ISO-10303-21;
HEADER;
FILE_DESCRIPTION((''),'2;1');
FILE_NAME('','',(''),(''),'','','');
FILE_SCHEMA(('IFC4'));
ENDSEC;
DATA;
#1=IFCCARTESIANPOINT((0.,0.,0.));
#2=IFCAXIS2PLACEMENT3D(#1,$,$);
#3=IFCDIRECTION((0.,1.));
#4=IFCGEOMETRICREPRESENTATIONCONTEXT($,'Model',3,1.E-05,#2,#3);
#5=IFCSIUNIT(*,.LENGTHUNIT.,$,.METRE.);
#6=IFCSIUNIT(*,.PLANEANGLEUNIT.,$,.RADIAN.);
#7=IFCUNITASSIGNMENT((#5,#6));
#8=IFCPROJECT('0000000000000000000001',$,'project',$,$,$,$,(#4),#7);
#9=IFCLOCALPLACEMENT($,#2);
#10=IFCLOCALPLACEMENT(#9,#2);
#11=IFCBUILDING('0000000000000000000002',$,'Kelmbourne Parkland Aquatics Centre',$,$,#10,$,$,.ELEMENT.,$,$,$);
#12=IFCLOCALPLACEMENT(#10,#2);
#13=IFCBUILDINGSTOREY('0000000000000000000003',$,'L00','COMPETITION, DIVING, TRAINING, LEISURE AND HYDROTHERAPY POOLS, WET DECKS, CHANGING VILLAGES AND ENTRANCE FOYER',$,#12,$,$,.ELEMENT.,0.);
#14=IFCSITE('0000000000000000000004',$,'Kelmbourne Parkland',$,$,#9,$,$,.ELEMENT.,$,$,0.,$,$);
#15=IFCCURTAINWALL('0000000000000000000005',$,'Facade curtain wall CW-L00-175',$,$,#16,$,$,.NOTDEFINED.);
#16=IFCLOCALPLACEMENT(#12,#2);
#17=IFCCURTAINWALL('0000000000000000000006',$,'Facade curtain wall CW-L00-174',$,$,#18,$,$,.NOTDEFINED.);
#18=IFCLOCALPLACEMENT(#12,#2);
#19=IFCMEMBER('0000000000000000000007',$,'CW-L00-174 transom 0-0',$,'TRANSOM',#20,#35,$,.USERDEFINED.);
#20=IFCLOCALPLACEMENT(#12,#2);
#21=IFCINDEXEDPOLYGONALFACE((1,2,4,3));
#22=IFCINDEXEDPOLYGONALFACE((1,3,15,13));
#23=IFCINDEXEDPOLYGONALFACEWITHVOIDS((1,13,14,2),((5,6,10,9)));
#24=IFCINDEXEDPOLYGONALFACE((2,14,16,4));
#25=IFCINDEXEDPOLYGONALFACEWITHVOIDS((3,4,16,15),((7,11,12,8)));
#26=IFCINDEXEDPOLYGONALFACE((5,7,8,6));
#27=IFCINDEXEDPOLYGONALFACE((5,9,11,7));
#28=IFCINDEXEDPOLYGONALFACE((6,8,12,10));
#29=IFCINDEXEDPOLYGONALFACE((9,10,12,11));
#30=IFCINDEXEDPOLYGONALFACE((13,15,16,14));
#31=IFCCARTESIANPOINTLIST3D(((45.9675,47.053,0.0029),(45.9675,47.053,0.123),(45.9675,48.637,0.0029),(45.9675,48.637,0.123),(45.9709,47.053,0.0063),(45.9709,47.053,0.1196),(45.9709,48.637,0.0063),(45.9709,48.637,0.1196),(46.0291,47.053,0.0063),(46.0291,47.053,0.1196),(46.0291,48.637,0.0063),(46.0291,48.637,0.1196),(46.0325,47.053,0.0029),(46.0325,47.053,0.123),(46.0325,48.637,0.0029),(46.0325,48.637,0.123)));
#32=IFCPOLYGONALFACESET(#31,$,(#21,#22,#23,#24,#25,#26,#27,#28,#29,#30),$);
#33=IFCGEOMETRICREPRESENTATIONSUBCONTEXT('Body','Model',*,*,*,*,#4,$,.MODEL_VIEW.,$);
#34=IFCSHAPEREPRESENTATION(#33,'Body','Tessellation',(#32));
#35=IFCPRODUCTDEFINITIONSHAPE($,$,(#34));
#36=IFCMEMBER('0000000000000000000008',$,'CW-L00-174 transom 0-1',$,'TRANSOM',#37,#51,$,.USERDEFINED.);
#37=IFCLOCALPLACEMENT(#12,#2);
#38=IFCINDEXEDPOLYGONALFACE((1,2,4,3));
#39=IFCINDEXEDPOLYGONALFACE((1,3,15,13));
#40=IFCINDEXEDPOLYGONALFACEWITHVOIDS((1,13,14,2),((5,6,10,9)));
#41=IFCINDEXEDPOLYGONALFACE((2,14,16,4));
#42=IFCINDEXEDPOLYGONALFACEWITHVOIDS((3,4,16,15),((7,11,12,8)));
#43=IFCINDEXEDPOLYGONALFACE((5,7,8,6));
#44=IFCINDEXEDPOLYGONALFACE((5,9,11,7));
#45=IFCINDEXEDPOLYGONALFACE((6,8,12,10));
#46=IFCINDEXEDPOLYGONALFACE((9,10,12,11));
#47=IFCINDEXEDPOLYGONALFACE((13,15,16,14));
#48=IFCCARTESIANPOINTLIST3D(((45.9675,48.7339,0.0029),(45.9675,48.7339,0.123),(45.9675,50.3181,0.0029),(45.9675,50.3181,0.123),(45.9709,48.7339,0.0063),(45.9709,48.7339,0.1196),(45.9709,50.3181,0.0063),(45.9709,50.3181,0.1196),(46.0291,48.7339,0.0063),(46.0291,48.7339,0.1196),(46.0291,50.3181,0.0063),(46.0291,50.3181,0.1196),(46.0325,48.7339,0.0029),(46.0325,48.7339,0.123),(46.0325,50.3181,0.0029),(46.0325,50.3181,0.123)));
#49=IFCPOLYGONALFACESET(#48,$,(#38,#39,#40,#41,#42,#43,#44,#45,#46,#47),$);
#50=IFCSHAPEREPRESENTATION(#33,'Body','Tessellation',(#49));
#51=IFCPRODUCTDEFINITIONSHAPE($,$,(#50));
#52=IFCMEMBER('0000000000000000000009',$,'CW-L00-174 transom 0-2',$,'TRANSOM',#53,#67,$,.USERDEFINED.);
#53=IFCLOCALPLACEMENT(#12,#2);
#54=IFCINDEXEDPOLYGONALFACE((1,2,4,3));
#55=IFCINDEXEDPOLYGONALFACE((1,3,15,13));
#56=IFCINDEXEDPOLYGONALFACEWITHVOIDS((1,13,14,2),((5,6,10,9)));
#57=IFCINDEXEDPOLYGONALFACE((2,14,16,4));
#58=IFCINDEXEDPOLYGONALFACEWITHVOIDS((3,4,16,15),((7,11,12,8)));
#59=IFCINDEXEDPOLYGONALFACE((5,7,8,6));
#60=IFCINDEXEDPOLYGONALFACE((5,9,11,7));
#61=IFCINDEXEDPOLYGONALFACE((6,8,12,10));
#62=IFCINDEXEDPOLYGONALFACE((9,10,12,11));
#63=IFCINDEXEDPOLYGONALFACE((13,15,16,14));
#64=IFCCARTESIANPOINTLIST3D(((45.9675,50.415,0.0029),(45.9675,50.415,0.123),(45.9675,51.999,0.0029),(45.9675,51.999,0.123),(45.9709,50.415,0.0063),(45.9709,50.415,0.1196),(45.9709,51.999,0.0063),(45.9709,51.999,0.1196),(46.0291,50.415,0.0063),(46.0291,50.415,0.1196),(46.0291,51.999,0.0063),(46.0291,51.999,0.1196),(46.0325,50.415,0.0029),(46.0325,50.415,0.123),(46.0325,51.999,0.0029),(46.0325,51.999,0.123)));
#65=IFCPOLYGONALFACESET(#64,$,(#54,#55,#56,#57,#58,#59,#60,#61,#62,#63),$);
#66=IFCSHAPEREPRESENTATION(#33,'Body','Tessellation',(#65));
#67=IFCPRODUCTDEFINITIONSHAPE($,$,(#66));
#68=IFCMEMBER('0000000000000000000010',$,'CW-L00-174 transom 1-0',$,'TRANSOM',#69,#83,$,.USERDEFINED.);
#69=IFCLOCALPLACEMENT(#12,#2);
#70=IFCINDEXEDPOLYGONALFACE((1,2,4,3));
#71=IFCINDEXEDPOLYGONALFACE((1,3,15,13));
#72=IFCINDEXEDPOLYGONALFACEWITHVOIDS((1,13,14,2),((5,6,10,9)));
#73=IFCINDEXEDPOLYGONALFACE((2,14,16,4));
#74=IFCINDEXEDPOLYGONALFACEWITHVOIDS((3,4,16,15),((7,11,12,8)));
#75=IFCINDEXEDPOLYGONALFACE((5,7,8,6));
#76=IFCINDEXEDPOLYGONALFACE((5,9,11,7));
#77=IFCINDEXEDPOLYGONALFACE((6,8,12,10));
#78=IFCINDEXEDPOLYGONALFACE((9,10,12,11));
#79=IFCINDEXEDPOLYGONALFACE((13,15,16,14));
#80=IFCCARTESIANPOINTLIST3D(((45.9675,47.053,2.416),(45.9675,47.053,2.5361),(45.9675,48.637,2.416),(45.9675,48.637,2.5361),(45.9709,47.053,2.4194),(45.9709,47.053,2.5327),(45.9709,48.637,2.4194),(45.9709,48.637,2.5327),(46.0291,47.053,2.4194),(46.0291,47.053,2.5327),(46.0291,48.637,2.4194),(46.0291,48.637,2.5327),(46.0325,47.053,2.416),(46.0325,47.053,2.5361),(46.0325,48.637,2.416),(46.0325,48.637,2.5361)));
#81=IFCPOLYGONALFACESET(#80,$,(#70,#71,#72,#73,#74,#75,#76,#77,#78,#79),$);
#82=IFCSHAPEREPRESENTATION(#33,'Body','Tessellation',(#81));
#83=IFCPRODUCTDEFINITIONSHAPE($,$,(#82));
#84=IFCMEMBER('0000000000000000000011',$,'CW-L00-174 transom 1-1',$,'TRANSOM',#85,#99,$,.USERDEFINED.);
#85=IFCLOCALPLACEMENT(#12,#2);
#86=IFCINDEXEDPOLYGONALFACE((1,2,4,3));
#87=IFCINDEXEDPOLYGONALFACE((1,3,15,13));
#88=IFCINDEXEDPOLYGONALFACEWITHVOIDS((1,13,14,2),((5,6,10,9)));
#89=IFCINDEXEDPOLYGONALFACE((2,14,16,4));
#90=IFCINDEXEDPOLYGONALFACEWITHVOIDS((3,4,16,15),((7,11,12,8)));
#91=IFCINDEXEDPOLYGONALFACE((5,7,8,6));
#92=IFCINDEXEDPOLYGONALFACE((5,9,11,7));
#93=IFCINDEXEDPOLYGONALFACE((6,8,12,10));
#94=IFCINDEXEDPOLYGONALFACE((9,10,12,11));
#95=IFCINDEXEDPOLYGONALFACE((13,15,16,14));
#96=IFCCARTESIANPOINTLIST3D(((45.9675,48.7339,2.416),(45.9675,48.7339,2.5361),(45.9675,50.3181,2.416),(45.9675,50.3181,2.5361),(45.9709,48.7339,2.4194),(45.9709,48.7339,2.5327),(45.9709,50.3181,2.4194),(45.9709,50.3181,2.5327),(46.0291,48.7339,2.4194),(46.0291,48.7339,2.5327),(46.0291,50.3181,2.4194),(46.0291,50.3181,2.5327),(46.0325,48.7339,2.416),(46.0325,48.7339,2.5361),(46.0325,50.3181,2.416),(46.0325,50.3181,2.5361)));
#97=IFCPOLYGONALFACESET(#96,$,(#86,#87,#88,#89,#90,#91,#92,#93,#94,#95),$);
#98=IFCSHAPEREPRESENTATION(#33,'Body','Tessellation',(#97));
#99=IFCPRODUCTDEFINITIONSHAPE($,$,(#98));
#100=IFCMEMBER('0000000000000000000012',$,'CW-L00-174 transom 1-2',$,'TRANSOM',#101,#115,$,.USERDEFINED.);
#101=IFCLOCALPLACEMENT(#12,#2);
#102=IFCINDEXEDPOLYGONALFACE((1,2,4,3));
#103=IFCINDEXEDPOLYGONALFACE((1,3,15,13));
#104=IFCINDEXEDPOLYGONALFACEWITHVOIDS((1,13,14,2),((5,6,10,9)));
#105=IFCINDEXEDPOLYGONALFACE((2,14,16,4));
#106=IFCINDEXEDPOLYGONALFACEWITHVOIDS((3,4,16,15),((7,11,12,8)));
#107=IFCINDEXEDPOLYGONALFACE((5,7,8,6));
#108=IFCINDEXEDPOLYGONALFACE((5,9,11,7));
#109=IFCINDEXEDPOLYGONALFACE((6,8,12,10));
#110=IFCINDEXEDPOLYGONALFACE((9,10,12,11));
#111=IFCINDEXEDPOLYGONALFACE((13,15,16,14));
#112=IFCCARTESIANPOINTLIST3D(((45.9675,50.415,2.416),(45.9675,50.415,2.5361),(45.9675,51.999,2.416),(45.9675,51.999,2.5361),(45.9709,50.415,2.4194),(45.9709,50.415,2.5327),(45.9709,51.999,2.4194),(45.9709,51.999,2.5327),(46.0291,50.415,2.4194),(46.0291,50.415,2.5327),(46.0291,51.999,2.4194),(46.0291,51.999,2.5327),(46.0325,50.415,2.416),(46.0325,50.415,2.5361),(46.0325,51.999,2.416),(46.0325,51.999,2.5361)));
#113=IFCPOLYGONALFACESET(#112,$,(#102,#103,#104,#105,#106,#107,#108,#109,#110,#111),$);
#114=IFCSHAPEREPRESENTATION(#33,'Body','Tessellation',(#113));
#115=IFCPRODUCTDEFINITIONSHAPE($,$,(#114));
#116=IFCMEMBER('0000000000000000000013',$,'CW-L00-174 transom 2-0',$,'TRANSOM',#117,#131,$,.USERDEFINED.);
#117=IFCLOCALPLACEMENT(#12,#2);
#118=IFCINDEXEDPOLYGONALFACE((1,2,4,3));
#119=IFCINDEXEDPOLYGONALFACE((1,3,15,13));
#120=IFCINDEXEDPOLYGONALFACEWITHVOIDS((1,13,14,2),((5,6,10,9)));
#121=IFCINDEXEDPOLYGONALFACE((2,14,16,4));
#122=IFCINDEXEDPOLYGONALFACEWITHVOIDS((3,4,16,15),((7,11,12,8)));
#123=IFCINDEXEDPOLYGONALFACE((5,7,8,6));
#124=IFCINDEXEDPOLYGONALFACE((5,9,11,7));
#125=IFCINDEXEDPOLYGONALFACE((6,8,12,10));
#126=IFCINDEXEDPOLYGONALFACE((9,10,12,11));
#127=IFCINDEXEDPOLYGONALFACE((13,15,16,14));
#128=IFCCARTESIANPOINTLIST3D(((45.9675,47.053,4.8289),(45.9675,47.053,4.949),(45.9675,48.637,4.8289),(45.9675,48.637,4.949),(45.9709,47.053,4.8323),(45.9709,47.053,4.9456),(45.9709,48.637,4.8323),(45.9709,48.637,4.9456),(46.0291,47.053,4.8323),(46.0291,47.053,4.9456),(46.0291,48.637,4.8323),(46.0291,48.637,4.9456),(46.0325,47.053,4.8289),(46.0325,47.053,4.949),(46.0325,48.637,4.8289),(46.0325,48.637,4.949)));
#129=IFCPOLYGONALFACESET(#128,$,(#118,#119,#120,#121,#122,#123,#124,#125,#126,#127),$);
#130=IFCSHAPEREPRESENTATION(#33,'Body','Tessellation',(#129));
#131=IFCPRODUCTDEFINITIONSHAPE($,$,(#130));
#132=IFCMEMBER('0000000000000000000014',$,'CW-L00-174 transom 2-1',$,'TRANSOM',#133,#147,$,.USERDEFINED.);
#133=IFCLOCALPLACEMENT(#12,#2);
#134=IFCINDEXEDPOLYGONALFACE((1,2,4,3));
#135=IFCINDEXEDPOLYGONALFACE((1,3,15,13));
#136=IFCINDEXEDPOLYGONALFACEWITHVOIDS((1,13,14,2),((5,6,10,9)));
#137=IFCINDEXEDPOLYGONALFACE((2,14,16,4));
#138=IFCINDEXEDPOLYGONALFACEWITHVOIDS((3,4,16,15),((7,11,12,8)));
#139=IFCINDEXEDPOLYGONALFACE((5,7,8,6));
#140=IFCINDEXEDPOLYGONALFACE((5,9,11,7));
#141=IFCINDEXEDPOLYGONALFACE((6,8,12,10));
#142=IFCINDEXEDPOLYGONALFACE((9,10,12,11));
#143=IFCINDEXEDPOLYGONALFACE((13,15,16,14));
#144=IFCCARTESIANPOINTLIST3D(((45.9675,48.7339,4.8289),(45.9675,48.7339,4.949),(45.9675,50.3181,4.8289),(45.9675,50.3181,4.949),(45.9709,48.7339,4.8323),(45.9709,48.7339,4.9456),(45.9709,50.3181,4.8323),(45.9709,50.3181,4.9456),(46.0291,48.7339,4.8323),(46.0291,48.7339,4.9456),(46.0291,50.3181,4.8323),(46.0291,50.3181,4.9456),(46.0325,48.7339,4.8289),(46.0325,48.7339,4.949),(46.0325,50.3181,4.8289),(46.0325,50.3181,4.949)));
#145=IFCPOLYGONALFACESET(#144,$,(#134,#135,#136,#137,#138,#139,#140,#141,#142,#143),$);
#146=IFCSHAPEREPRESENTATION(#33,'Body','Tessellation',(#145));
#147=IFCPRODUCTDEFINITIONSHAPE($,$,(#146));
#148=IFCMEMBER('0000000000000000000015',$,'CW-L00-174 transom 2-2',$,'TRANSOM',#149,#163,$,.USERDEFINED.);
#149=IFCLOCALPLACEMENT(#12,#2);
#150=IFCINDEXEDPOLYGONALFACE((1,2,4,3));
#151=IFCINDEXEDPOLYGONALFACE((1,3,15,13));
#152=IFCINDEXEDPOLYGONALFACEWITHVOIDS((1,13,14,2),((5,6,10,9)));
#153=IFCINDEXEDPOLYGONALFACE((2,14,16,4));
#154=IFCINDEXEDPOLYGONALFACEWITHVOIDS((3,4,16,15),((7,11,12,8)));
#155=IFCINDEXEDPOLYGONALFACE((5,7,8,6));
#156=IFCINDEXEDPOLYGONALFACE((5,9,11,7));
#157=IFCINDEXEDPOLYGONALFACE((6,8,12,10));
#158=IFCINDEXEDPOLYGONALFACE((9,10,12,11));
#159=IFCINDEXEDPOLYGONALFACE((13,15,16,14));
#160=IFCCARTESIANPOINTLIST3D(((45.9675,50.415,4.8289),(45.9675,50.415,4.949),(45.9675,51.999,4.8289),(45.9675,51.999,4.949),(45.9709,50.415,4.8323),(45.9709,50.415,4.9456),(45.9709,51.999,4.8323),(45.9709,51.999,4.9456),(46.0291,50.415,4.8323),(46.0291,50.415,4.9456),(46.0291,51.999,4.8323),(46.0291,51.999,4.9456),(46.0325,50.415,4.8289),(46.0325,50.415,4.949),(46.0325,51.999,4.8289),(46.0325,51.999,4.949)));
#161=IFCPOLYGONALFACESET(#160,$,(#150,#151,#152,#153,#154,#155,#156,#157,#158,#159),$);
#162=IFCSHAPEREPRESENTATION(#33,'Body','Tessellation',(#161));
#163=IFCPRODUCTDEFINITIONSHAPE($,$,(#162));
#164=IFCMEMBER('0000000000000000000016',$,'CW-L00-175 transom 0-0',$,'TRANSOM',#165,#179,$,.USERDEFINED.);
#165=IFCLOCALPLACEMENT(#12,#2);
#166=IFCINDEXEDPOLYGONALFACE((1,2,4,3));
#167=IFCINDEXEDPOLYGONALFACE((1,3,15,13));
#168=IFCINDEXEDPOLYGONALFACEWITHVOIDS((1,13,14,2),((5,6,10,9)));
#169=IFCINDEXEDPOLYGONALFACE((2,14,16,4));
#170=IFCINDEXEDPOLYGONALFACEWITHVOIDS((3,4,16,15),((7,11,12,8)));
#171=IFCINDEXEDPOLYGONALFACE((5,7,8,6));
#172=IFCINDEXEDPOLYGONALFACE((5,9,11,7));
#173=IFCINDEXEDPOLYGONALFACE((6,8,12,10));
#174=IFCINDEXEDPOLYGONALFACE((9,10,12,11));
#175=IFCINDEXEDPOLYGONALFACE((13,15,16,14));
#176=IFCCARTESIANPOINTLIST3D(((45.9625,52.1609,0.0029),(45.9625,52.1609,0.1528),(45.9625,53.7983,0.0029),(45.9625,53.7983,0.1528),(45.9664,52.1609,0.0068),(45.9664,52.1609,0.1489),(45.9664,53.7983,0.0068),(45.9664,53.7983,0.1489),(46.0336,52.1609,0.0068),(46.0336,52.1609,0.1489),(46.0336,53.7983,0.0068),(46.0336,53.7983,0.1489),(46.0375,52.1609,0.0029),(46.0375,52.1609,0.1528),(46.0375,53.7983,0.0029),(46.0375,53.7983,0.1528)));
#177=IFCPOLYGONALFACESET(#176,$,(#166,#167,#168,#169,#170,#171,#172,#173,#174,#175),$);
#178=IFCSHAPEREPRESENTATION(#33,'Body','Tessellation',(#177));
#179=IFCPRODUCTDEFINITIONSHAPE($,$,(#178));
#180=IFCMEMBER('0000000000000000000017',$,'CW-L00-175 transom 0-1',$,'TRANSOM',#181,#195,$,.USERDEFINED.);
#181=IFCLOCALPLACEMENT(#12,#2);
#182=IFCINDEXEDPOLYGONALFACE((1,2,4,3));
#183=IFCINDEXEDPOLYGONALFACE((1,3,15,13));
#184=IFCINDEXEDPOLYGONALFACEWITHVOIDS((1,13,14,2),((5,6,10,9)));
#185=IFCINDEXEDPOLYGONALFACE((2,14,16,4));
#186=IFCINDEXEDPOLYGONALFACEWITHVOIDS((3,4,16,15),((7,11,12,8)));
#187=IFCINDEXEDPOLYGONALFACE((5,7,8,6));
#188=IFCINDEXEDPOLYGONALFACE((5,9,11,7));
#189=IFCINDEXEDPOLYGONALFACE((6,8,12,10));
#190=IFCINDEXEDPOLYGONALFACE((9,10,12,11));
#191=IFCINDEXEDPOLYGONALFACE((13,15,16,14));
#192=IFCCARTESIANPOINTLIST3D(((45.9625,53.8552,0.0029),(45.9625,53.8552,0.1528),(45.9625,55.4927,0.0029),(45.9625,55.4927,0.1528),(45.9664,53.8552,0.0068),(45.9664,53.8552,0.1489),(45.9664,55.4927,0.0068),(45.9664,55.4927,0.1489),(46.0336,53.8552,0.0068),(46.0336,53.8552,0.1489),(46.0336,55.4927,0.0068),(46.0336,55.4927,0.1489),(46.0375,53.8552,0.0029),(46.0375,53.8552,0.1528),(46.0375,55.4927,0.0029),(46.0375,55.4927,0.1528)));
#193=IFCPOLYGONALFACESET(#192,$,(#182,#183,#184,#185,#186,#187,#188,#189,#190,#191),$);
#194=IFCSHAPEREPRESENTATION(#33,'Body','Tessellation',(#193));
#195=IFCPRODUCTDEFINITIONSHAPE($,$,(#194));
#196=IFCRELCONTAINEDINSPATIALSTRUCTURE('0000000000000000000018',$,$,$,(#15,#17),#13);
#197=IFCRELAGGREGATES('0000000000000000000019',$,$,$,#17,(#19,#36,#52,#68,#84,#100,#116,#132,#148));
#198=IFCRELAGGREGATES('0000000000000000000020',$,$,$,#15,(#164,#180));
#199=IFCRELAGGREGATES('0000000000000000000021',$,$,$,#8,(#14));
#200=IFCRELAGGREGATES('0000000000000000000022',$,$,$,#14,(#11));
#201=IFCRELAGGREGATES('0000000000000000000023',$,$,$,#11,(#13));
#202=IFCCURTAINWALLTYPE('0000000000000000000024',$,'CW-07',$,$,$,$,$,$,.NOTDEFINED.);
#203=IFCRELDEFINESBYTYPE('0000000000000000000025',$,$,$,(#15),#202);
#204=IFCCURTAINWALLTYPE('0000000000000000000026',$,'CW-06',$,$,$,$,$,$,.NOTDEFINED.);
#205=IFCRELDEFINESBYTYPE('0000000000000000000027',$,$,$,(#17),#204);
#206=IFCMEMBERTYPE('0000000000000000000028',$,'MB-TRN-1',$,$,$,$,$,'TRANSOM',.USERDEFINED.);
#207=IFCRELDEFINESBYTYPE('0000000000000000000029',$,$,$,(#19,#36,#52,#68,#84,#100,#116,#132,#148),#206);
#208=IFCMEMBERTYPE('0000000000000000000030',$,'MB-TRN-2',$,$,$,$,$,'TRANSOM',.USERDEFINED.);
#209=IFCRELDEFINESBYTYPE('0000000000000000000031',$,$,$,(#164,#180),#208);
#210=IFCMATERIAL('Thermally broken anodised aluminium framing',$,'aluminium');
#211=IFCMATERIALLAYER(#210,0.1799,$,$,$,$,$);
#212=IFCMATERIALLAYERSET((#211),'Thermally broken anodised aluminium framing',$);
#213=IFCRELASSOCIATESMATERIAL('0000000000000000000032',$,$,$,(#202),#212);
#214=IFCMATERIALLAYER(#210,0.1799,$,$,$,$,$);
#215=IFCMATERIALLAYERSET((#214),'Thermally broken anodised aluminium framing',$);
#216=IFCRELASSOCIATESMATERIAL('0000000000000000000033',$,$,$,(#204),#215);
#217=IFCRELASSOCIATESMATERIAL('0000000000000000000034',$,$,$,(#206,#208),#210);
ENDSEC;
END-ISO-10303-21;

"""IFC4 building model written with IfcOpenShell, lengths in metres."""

from ifc_helpers import new_model, si_unit, direction, frame, origin, origin_2d, place, context, subcontext, project, spatial, hollow_rectangle, extrude, material, layer, layer_set, material_profile, profile_set, type_object, element, aggregate, save


model = new_model("IFC4")

# Units and contexts
model_context = context("Model", 3, precision=1e-05, world=origin(), true_north=direction((0.0, 1.0)))
body_context = subcontext(model_context, "Body", "Model", "MODEL_VIEW")
ifc_project = project(units=[si_unit("LENGTHUNIT", "METRE"), si_unit("PLANEANGLEUNIT", "RADIAN")], contexts=[model_context])

# Site, building, storey
site_placement = place(None, origin())
site = spatial("IfcSite", under=ifc_project, at=site_placement, Name="Kelmbourne Parkland", CompositionType="ELEMENT", RefElevation=0.0)
building_placement = place(site_placement, origin())
building = spatial("IfcBuilding", under=site, at=building_placement, Name="Kelmbourne Parkland Aquatics Centre", CompositionType="ELEMENT")
storey_placement = place(building_placement, origin())
storey = spatial("IfcBuildingStorey", under=building, at=storey_placement, Name="L00", Description="COMPETITION, DIVING, TRAINING, LEISURE AND HYDROTHERAPY POOLS, WET DECKS, CHANGING VILLAGES AND ENTRANCE FOYER", CompositionType="ELEMENT", Elevation=0.0)

# Curtain walls, members
ifc_material_1 = material(Name="Thermally broken anodised aluminium framing", Category="aluminium")
ifc_layer_1 = layer(ifc_material_1, 0.1799)
ifc_layer_set_1 = layer_set([ifc_layer_1], Name="Thermally broken anodised aluminium framing")
curtain_wall_type_1 = type_object("IfcCurtainWallType", Name="CW-07", PredefinedType="NOTDEFINED", material=ifc_layer_set_1)
curtain_wall_1_placement = place(storey_placement, origin())
curtain_wall_1 = element("IfcCurtainWall", 1, at=curtain_wall_1_placement, inside=storey, type_object=curtain_wall_type_1, Name="Facade curtain wall CW-L00-175", PredefinedType="NOTDEFINED")
ifc_layer_2 = layer(ifc_material_1, 0.1799)
ifc_layer_set_2 = layer_set([ifc_layer_2], Name="Thermally broken anodised aluminium framing")
curtain_wall_type_2 = type_object("IfcCurtainWallType", Name="CW-06", PredefinedType="NOTDEFINED", material=ifc_layer_set_2)
curtain_wall_2_placement = place(storey_placement, origin())
curtain_wall_2 = element("IfcCurtainWall", 2, at=curtain_wall_2_placement, inside=storey, type_object=curtain_wall_type_2, Name="Facade curtain wall CW-L00-174", PredefinedType="NOTDEFINED")
ifc_material_profile_1 = material_profile(ifc_material_1, hollow_rectangle(XDim=0.0649, YDim=0.1201, WallThickness=0.0034, at=origin_2d()), Name="CW-T 65x120")
ifc_profile_set_1 = profile_set([ifc_material_profile_1], Name="Thermally broken anodised aluminium framing")
member_type_1 = type_object("IfcMemberType", Name="MB-TRN-1", ElementType="TRANSOM", PredefinedType="USERDEFINED", material=ifc_profile_set_1)
member_1_placement = place(storey_placement, frame((46.0, 47.053, 0.063), z_axis=(0.0, 1.0, 0.0), x_axis=(-1.0, 0.0, 0.0)))
member_1 = element("IfcMember", 3, at=member_1_placement, type_object=member_type_1, Name="CW-L00-174 transom 0-0", ObjectType="TRANSOM", PredefinedType="USERDEFINED", context=body_context, shape_type="SweptSolid", body=[
    extrude(hollow_rectangle(XDim=0.0649, YDim=0.1201, WallThickness=0.0034, at=origin_2d()), origin(), (0.0, 0.0, 1.0), 1.584),
])
member_2_placement = place(storey_placement, frame((46.0, 48.7339, 0.063), z_axis=(0.0, 1.0, 0.0), x_axis=(-1.0, 0.0, 0.0)))
member_2 = element("IfcMember", 4, at=member_2_placement, type_object=member_type_1, Name="CW-L00-174 transom 0-1", ObjectType="TRANSOM", PredefinedType="USERDEFINED", context=body_context, shape_type="SweptSolid", body=[
    extrude(hollow_rectangle(XDim=0.0649, YDim=0.1201, WallThickness=0.0034, at=origin_2d()), origin(), (0.0, 0.0, 1.0), 1.5842),
])
member_3_placement = place(storey_placement, frame((46.0, 50.415, 0.063), z_axis=(0.0, 1.0, 0.0), x_axis=(-1.0, 0.0, 0.0)))
member_3 = element("IfcMember", 5, at=member_3_placement, type_object=member_type_1, Name="CW-L00-174 transom 0-2", ObjectType="TRANSOM", PredefinedType="USERDEFINED", context=body_context, shape_type="SweptSolid", body=[
    extrude(hollow_rectangle(XDim=0.0649, YDim=0.1201, WallThickness=0.0034, at=origin_2d()), origin(), (0.0, 0.0, 1.0), 1.584),
])
member_4_placement = place(storey_placement, frame((46.0, 47.053, 2.4761), z_axis=(0.0, 1.0, 0.0), x_axis=(-1.0, 0.0, 0.0)))
member_4 = element("IfcMember", 6, at=member_4_placement, type_object=member_type_1, Name="CW-L00-174 transom 1-0", ObjectType="TRANSOM", PredefinedType="USERDEFINED", context=body_context, shape_type="SweptSolid", body=[
    extrude(hollow_rectangle(XDim=0.0649, YDim=0.1201, WallThickness=0.0034, at=origin_2d()), origin(), (0.0, 0.0, 1.0), 1.584),
])
member_5_placement = place(storey_placement, frame((46.0, 48.7339, 2.4761), z_axis=(0.0, 1.0, 0.0), x_axis=(-1.0, 0.0, 0.0)))
member_5 = element("IfcMember", 7, at=member_5_placement, type_object=member_type_1, Name="CW-L00-174 transom 1-1", ObjectType="TRANSOM", PredefinedType="USERDEFINED", context=body_context, shape_type="SweptSolid", body=[
    extrude(hollow_rectangle(XDim=0.0649, YDim=0.1201, WallThickness=0.0034, at=origin_2d()), origin(), (0.0, 0.0, 1.0), 1.5842),
])
member_6_placement = place(storey_placement, frame((46.0, 50.415, 2.4761), z_axis=(0.0, 1.0, 0.0), x_axis=(-1.0, 0.0, 0.0)))
member_6 = element("IfcMember", 8, at=member_6_placement, type_object=member_type_1, Name="CW-L00-174 transom 1-2", ObjectType="TRANSOM", PredefinedType="USERDEFINED", context=body_context, shape_type="SweptSolid", body=[
    extrude(hollow_rectangle(XDim=0.0649, YDim=0.1201, WallThickness=0.0034, at=origin_2d()), origin(), (0.0, 0.0, 1.0), 1.584),
])
member_7_placement = place(storey_placement, frame((46.0, 47.053, 4.8889), z_axis=(0.0, 1.0, 0.0), x_axis=(-1.0, 0.0, 0.0)))
member_7 = element("IfcMember", 9, at=member_7_placement, type_object=member_type_1, Name="CW-L00-174 transom 2-0", ObjectType="TRANSOM", PredefinedType="USERDEFINED", context=body_context, shape_type="SweptSolid", body=[
    extrude(hollow_rectangle(XDim=0.0649, YDim=0.1201, WallThickness=0.0034, at=origin_2d()), origin(), (0.0, 0.0, 1.0), 1.584),
])
member_8_placement = place(storey_placement, frame((46.0, 48.7339, 4.8889), z_axis=(0.0, 1.0, 0.0), x_axis=(-1.0, 0.0, 0.0)))
member_8 = element("IfcMember", 10, at=member_8_placement, type_object=member_type_1, Name="CW-L00-174 transom 2-1", ObjectType="TRANSOM", PredefinedType="USERDEFINED", context=body_context, shape_type="SweptSolid", body=[
    extrude(hollow_rectangle(XDim=0.0649, YDim=0.1201, WallThickness=0.0034, at=origin_2d()), origin(), (0.0, 0.0, 1.0), 1.5842),
])
member_9_placement = place(storey_placement, frame((46.0, 50.415, 4.8889), z_axis=(0.0, 1.0, 0.0), x_axis=(-1.0, 0.0, 0.0)))
member_9 = element("IfcMember", 11, at=member_9_placement, type_object=member_type_1, Name="CW-L00-174 transom 2-2", ObjectType="TRANSOM", PredefinedType="USERDEFINED", context=body_context, shape_type="SweptSolid", body=[
    extrude(hollow_rectangle(XDim=0.0649, YDim=0.1201, WallThickness=0.0034, at=origin_2d()), origin(), (0.0, 0.0, 1.0), 1.584),
])

# Members
ifc_material_profile_2 = material_profile(ifc_material_1, hollow_rectangle(XDim=0.075, YDim=0.1499, WallThickness=0.0039, at=origin_2d()), Name="CW-T 75x150")
ifc_profile_set_2 = profile_set([ifc_material_profile_2], Name="Thermally broken anodised aluminium framing")
member_type_2 = type_object("IfcMemberType", Name="MB-TRN-2", ElementType="TRANSOM", PredefinedType="USERDEFINED", material=ifc_profile_set_2)
member_10_placement = place(storey_placement, frame((46.0, 52.1609, 0.0779), z_axis=(0.0, 1.0, 0.0), x_axis=(-1.0, 0.0, 0.0)))
member_10 = element("IfcMember", 12, at=member_10_placement, type_object=member_type_2, Name="CW-L00-175 transom 0-0", ObjectType="TRANSOM", PredefinedType="USERDEFINED", context=body_context, shape_type="SweptSolid", body=[
    extrude(hollow_rectangle(XDim=0.075, YDim=0.1499, WallThickness=0.0039, at=origin_2d()), origin(), (0.0, 0.0, 1.0), 1.6375),
])
member_11_placement = place(storey_placement, frame((46.0, 53.8552, 0.0779), z_axis=(0.0, 1.0, 0.0), x_axis=(-1.0, 0.0, 0.0)))
member_11 = element("IfcMember", 13, at=member_11_placement, type_object=member_type_2, Name="CW-L00-175 transom 0-1", ObjectType="TRANSOM", PredefinedType="USERDEFINED", context=body_context, shape_type="SweptSolid", body=[
    extrude(hollow_rectangle(XDim=0.075, YDim=0.1499, WallThickness=0.0039, at=origin_2d()), origin(), (0.0, 0.0, 1.0), 1.6375),
])

aggregate(curtain_wall_2, [member_1, member_2, member_3, member_4, member_5, member_6, member_7, member_8, member_9])
aggregate(curtain_wall_1, [member_10, member_11])

save(model, "model.ifc")
